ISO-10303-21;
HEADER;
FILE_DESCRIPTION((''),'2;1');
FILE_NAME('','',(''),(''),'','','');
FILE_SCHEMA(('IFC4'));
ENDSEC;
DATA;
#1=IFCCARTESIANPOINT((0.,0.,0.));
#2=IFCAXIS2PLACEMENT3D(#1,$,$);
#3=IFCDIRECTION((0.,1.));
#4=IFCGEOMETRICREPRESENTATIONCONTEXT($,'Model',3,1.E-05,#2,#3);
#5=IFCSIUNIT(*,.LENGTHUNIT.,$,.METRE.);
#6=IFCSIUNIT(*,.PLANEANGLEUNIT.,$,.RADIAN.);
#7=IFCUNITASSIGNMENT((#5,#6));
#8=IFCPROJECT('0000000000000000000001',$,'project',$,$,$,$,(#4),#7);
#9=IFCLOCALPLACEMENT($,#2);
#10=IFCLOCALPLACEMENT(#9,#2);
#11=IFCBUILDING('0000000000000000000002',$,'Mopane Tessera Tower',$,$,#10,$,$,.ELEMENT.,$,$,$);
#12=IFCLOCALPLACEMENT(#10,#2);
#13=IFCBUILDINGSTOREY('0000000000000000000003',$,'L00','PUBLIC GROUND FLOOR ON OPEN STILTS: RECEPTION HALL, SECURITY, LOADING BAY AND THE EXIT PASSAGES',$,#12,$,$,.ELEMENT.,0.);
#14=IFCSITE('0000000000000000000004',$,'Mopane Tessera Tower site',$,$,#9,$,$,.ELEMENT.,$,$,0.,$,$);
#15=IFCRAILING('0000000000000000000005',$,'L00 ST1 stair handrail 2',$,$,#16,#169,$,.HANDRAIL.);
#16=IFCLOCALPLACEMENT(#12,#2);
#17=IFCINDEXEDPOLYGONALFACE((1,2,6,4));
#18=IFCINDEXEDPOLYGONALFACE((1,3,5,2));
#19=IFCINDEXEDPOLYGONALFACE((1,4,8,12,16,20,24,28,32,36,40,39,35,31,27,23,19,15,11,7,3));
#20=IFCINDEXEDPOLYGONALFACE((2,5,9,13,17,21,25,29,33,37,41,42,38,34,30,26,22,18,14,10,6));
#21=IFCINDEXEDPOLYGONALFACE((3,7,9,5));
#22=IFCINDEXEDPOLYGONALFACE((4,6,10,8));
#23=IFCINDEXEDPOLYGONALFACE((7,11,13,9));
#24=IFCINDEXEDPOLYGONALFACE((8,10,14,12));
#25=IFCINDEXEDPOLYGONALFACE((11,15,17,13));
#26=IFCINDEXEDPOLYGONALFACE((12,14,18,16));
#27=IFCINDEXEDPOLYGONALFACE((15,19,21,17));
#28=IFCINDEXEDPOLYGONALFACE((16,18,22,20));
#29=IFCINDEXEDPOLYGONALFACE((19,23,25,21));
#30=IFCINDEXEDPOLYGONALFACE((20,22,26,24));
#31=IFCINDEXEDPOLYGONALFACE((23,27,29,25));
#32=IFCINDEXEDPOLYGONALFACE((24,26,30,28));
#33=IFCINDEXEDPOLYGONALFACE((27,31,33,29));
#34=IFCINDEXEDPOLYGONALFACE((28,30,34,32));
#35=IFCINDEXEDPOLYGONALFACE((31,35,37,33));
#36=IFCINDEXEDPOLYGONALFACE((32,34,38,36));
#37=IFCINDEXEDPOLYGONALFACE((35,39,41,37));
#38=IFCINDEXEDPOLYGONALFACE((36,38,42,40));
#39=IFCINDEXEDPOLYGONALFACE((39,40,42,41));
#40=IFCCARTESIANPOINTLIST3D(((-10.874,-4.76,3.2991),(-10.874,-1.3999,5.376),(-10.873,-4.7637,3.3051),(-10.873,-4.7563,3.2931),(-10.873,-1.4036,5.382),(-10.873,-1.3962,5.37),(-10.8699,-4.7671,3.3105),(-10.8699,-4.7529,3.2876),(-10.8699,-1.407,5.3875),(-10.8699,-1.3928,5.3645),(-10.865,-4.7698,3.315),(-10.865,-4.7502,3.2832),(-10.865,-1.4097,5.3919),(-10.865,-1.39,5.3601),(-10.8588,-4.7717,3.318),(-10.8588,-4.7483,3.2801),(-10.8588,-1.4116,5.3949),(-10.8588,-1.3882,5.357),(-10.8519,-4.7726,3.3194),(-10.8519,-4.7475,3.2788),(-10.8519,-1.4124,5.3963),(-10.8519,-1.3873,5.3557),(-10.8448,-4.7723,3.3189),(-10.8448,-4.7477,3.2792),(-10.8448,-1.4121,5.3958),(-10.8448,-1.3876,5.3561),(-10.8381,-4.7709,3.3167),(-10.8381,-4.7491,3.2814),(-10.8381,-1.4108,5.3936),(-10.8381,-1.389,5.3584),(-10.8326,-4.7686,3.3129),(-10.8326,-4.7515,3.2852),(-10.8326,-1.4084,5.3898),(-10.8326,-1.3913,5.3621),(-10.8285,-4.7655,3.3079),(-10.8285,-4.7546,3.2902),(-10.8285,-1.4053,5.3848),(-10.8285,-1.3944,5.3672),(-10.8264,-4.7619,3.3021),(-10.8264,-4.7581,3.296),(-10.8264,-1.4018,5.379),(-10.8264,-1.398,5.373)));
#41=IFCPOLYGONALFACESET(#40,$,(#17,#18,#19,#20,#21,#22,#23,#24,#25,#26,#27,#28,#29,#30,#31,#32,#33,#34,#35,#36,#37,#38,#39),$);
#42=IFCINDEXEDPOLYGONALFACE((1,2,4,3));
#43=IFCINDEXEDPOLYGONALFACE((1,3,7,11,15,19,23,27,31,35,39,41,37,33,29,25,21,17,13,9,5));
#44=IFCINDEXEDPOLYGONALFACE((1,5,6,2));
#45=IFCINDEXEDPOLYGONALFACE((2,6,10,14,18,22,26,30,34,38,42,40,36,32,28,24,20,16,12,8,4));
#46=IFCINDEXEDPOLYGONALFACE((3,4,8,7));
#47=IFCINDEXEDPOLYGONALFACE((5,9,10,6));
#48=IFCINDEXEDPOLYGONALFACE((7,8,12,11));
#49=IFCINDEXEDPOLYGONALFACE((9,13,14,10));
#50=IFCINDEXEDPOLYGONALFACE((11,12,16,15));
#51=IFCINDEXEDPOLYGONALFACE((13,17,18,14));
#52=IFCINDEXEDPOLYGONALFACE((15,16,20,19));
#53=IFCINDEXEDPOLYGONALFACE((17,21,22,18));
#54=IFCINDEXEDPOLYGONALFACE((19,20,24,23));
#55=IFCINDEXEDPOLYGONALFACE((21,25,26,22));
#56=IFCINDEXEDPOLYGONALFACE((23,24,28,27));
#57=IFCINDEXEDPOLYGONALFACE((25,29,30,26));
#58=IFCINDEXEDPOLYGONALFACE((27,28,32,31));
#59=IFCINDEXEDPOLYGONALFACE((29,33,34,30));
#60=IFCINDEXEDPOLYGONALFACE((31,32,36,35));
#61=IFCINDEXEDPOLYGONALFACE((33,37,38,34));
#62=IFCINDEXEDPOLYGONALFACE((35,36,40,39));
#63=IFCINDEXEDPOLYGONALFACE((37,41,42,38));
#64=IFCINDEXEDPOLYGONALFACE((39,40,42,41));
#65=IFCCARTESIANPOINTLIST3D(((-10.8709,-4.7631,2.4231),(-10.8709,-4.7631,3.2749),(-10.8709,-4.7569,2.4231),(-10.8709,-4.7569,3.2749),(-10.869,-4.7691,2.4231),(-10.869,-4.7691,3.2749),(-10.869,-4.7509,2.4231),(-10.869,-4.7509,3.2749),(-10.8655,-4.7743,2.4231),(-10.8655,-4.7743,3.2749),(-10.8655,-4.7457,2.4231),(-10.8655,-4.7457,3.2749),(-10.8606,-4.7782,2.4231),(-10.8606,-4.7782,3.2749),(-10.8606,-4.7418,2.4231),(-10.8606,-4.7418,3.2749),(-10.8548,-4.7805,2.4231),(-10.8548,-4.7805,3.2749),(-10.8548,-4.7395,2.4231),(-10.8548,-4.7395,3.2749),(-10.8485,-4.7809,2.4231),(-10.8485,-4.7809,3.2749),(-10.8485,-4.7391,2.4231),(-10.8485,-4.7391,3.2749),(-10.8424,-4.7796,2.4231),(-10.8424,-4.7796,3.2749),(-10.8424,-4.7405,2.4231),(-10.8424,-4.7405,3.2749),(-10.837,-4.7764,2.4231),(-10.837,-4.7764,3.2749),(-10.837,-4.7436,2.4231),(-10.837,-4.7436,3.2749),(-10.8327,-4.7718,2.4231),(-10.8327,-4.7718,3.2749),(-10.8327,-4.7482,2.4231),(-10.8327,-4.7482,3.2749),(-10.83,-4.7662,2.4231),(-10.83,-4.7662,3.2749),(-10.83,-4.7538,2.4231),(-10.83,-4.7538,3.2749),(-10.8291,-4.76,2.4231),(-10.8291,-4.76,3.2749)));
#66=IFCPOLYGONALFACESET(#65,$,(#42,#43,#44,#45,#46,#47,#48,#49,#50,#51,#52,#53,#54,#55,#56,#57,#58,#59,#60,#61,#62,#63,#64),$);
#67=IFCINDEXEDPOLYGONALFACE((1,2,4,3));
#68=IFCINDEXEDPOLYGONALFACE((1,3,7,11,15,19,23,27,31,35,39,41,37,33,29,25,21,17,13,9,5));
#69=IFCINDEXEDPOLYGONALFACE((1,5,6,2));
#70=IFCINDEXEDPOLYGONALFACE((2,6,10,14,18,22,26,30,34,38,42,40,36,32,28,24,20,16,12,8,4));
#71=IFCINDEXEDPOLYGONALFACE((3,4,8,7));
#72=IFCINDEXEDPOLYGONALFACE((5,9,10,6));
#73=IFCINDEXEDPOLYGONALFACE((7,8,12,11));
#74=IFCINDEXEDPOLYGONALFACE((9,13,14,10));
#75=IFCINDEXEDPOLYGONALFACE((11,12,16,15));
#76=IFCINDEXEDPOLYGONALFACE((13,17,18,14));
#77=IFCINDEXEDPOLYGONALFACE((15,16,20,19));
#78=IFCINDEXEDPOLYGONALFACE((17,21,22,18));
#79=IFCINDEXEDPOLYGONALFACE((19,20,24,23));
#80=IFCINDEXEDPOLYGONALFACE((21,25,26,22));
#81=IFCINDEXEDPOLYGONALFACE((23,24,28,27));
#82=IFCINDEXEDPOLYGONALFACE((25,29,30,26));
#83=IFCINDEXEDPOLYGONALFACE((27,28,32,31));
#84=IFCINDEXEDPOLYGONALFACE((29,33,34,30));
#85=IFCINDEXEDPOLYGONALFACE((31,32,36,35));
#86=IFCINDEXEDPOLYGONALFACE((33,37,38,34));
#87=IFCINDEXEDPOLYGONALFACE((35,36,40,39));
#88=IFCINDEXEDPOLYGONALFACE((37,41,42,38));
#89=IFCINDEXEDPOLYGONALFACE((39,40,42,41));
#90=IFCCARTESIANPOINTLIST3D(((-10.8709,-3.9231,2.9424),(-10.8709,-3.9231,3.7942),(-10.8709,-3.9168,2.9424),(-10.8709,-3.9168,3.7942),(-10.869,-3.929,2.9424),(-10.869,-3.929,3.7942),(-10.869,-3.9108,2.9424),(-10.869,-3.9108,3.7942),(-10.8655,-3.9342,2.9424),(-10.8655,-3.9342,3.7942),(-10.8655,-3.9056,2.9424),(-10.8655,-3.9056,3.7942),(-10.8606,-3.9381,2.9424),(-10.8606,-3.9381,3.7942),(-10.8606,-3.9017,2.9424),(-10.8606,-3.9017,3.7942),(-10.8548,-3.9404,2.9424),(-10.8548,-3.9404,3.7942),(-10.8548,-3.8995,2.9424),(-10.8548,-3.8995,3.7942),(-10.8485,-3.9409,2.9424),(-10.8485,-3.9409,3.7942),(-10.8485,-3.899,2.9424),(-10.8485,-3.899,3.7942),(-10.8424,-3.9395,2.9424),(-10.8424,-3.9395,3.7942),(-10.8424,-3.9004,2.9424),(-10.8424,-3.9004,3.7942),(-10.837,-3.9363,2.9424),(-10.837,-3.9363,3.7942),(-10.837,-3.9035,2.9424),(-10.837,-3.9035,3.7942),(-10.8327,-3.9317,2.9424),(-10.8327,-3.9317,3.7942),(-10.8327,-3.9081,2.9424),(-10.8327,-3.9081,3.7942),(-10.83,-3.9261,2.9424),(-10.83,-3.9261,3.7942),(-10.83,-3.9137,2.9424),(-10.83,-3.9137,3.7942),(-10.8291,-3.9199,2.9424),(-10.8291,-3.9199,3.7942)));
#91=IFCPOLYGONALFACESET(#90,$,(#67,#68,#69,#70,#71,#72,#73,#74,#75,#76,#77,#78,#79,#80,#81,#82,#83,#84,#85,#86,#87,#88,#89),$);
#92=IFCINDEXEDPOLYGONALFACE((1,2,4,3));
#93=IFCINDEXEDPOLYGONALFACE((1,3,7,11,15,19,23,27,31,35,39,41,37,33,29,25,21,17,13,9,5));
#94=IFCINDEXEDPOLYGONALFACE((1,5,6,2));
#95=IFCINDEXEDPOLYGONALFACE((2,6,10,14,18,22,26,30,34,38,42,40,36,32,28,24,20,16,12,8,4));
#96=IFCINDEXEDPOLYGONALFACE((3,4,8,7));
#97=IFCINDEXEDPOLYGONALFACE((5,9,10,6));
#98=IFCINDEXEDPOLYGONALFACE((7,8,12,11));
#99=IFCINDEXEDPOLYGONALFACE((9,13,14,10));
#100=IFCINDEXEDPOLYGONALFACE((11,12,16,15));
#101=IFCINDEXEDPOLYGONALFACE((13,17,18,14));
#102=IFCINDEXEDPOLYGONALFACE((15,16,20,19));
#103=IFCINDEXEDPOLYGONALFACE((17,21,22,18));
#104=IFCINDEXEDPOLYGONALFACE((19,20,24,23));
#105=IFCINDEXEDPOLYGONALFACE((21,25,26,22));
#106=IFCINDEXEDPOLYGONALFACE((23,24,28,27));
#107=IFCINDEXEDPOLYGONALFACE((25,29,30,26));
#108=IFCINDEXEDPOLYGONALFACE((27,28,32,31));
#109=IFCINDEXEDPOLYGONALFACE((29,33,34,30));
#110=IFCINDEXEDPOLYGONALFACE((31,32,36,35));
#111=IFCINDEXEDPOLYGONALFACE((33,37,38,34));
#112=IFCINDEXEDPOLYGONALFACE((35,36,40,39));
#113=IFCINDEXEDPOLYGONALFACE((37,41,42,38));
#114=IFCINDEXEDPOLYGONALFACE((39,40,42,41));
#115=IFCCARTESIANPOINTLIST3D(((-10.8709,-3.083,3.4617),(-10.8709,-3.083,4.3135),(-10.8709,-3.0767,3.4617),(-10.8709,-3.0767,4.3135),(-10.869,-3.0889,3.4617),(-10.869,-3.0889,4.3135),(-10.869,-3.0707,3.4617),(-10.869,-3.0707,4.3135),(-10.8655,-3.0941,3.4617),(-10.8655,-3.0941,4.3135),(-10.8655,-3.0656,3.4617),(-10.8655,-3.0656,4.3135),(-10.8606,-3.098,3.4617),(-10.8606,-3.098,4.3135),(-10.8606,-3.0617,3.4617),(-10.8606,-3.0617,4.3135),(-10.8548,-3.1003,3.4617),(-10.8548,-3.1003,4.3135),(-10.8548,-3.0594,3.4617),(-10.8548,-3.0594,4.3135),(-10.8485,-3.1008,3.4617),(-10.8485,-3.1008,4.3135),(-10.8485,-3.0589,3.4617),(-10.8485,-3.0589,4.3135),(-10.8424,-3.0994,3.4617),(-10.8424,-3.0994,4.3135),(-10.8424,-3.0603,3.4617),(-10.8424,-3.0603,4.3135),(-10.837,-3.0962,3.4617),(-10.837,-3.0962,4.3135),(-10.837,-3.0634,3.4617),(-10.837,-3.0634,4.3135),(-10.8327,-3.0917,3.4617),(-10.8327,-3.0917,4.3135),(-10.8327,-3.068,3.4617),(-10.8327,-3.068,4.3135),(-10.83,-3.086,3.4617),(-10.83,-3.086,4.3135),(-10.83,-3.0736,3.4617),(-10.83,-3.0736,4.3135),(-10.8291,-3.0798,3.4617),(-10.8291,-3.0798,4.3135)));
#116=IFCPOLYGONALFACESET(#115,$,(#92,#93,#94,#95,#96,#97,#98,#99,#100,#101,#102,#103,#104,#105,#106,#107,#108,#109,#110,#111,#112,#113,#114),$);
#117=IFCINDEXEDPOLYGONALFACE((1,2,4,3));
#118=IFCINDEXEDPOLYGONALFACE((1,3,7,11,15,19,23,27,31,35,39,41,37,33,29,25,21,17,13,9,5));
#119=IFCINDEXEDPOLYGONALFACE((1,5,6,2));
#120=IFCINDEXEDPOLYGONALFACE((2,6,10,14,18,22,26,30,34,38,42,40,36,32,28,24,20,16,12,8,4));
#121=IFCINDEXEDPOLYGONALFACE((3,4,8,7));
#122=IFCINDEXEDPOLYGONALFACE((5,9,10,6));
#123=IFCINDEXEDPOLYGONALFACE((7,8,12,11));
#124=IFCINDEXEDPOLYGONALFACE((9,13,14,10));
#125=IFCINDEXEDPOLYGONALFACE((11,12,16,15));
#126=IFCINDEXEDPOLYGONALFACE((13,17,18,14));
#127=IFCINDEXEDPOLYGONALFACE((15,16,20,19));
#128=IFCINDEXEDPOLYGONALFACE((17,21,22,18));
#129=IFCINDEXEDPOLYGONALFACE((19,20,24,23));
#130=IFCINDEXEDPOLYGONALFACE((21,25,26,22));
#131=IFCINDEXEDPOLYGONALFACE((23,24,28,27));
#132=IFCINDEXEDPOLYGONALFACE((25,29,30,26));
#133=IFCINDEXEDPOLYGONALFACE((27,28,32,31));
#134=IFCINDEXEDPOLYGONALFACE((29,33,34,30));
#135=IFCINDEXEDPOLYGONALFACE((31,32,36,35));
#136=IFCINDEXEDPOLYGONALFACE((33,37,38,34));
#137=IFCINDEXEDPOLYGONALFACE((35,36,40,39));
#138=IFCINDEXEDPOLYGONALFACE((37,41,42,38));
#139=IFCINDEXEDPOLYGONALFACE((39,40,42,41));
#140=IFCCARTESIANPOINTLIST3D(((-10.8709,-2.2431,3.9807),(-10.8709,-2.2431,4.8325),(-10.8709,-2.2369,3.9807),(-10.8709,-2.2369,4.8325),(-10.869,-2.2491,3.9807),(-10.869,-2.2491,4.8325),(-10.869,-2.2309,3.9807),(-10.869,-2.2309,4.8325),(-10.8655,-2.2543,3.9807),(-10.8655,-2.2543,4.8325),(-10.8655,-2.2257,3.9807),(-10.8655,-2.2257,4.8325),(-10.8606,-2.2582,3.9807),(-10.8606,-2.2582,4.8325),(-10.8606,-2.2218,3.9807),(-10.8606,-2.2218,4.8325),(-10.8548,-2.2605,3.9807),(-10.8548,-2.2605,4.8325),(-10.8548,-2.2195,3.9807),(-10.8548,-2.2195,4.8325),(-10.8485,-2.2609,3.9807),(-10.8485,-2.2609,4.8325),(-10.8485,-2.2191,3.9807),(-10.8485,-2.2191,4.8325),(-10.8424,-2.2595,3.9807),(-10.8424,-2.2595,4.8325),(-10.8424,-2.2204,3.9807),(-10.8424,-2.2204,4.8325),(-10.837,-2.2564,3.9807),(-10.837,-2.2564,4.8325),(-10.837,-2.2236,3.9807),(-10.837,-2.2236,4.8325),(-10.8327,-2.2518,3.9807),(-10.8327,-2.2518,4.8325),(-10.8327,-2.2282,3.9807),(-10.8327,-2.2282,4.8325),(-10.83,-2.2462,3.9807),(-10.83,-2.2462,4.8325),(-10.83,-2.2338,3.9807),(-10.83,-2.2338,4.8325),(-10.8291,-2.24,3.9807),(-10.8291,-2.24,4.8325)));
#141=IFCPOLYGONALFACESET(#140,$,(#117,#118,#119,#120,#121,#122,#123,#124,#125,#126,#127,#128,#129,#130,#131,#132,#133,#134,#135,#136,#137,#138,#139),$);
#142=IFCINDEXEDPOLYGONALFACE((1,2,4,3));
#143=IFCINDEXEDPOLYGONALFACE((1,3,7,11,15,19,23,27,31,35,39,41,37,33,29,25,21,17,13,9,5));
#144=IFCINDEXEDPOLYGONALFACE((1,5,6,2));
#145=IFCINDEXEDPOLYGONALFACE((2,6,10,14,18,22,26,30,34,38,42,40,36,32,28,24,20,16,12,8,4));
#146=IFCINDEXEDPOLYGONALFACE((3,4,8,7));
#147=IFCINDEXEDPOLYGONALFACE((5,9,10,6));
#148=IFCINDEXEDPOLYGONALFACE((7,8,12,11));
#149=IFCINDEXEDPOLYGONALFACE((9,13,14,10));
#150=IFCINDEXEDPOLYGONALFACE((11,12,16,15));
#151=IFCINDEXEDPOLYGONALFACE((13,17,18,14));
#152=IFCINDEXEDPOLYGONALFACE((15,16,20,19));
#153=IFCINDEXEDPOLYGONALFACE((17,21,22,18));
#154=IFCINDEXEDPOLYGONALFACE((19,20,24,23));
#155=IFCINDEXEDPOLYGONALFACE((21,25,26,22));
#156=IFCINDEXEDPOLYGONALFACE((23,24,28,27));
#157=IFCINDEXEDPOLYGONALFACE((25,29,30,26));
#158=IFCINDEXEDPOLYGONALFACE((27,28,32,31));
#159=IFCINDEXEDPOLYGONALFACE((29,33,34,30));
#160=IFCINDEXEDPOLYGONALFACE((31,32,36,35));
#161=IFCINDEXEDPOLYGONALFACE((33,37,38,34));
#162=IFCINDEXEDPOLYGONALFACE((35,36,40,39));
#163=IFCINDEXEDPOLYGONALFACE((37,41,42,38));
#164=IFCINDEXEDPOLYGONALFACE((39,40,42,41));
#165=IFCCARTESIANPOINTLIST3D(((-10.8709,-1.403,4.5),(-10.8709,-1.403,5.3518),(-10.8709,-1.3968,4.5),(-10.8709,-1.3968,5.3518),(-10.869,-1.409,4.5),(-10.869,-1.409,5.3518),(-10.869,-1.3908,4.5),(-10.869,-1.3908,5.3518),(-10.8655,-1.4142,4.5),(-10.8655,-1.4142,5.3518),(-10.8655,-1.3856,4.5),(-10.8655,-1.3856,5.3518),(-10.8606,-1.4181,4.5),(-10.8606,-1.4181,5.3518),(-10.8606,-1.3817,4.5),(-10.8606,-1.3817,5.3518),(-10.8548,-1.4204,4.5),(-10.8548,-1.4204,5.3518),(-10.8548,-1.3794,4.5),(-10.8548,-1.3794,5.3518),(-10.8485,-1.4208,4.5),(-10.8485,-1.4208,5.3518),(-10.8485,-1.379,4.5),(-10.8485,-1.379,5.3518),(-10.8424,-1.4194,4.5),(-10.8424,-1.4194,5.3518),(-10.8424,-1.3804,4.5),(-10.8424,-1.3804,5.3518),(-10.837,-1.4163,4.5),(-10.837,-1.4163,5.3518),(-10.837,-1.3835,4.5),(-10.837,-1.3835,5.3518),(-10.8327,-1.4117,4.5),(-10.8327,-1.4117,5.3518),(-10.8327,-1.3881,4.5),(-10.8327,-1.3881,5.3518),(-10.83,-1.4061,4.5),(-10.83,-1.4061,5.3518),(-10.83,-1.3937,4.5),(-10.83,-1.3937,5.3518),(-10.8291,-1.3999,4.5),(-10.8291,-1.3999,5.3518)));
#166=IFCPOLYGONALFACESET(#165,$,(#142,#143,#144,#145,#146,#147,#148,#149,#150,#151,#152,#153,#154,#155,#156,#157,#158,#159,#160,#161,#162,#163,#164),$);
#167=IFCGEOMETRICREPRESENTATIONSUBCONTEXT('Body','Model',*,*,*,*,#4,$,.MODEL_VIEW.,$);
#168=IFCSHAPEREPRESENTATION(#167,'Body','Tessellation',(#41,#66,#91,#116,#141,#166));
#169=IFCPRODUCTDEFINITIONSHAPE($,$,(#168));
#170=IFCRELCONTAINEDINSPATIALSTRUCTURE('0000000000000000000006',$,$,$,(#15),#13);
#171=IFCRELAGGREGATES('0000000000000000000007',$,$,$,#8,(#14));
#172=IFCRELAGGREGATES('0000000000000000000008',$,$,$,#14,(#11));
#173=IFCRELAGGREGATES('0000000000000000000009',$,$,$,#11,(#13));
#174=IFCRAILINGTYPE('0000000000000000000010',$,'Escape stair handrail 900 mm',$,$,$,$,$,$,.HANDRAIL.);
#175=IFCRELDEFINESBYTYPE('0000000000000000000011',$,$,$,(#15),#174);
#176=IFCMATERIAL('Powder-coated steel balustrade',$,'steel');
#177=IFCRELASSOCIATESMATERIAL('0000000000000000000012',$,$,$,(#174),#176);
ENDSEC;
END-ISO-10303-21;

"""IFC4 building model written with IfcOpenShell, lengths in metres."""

from ifc_helpers import new_model, si_unit, direction, frame, origin, origin_2d, place, context, subcontext, project, spatial, circle, extrude, material, type_object, element, save


model = new_model("IFC4")

# Units and contexts
model_context = context("Model", 3, precision=1e-05, world=origin(), true_north=direction((0.0, 1.0)))
body_context = subcontext(model_context, "Body", "Model", "MODEL_VIEW")
ifc_project = project(units=[si_unit("LENGTHUNIT", "METRE"), si_unit("PLANEANGLEUNIT", "RADIAN")], contexts=[model_context])

# Site, building, storey
site_placement = place(None, origin())
site = spatial("IfcSite", under=ifc_project, at=site_placement, Name="Mopane Tessera Tower site", CompositionType="ELEMENT", RefElevation=0.0)
building_placement = place(site_placement, origin())
building = spatial("IfcBuilding", under=site, at=building_placement, Name="Mopane Tessera Tower", CompositionType="ELEMENT")
storey_placement = place(building_placement, origin())
storey = spatial("IfcBuildingStorey", under=building, at=storey_placement, Name="L00", Description="PUBLIC GROUND FLOOR ON OPEN STILTS: RECEPTION HALL, SECURITY, LOADING BAY AND THE EXIT PASSAGES", CompositionType="ELEMENT", Elevation=0.0)

# Railing
ifc_material_1 = material(Name="Powder-coated steel balustrade", Category="steel")
railing_type_1 = type_object("IfcRailingType", Name="Escape stair handrail 900 mm", PredefinedType="HANDRAIL", material=ifc_material_1)
railing_1_placement = place(storey_placement, frame((-10.8501, -4.76, 2.4231)))
element("IfcRailing", 1, at=railing_1_placement, inside=storey, type_object=railing_type_1, Name="L00 ST1 stair handrail 2", PredefinedType="HANDRAIL", context=body_context, shape_type="SweptSolid", body=[
    extrude(circle(Radius=0.0239, at=origin_2d()), frame((0.0, 0.0, 0.876), z_axis=(0.0, 0.850623, 0.525776), x_axis=(-1.0, 0.0, 0.0)), (0.0, 0.0, 1.0), 3.9502),
    extrude(circle(Radius=0.021, at=origin_2d()), origin(), (0.0, 0.0, 1.0), 0.8518),
    extrude(circle(Radius=0.021, at=origin_2d()), frame((0.0, 0.8401, 0.5193)), (0.0, 0.0, 1.0), 0.8518),
    extrude(circle(Radius=0.021, at=origin_2d()), frame((0.0, 1.6802, 1.0386)), (0.0, 0.0, 1.0), 0.8518),
    extrude(circle(Radius=0.021, at=origin_2d()), frame((0.0, 2.52, 1.5576)), (0.0, 0.0, 1.0), 0.8518),
    extrude(circle(Radius=0.021, at=origin_2d()), frame((0.0, 3.3601, 2.0769)), (0.0, 0.0, 1.0), 0.8518),
])

save(model, "model.ifc")
